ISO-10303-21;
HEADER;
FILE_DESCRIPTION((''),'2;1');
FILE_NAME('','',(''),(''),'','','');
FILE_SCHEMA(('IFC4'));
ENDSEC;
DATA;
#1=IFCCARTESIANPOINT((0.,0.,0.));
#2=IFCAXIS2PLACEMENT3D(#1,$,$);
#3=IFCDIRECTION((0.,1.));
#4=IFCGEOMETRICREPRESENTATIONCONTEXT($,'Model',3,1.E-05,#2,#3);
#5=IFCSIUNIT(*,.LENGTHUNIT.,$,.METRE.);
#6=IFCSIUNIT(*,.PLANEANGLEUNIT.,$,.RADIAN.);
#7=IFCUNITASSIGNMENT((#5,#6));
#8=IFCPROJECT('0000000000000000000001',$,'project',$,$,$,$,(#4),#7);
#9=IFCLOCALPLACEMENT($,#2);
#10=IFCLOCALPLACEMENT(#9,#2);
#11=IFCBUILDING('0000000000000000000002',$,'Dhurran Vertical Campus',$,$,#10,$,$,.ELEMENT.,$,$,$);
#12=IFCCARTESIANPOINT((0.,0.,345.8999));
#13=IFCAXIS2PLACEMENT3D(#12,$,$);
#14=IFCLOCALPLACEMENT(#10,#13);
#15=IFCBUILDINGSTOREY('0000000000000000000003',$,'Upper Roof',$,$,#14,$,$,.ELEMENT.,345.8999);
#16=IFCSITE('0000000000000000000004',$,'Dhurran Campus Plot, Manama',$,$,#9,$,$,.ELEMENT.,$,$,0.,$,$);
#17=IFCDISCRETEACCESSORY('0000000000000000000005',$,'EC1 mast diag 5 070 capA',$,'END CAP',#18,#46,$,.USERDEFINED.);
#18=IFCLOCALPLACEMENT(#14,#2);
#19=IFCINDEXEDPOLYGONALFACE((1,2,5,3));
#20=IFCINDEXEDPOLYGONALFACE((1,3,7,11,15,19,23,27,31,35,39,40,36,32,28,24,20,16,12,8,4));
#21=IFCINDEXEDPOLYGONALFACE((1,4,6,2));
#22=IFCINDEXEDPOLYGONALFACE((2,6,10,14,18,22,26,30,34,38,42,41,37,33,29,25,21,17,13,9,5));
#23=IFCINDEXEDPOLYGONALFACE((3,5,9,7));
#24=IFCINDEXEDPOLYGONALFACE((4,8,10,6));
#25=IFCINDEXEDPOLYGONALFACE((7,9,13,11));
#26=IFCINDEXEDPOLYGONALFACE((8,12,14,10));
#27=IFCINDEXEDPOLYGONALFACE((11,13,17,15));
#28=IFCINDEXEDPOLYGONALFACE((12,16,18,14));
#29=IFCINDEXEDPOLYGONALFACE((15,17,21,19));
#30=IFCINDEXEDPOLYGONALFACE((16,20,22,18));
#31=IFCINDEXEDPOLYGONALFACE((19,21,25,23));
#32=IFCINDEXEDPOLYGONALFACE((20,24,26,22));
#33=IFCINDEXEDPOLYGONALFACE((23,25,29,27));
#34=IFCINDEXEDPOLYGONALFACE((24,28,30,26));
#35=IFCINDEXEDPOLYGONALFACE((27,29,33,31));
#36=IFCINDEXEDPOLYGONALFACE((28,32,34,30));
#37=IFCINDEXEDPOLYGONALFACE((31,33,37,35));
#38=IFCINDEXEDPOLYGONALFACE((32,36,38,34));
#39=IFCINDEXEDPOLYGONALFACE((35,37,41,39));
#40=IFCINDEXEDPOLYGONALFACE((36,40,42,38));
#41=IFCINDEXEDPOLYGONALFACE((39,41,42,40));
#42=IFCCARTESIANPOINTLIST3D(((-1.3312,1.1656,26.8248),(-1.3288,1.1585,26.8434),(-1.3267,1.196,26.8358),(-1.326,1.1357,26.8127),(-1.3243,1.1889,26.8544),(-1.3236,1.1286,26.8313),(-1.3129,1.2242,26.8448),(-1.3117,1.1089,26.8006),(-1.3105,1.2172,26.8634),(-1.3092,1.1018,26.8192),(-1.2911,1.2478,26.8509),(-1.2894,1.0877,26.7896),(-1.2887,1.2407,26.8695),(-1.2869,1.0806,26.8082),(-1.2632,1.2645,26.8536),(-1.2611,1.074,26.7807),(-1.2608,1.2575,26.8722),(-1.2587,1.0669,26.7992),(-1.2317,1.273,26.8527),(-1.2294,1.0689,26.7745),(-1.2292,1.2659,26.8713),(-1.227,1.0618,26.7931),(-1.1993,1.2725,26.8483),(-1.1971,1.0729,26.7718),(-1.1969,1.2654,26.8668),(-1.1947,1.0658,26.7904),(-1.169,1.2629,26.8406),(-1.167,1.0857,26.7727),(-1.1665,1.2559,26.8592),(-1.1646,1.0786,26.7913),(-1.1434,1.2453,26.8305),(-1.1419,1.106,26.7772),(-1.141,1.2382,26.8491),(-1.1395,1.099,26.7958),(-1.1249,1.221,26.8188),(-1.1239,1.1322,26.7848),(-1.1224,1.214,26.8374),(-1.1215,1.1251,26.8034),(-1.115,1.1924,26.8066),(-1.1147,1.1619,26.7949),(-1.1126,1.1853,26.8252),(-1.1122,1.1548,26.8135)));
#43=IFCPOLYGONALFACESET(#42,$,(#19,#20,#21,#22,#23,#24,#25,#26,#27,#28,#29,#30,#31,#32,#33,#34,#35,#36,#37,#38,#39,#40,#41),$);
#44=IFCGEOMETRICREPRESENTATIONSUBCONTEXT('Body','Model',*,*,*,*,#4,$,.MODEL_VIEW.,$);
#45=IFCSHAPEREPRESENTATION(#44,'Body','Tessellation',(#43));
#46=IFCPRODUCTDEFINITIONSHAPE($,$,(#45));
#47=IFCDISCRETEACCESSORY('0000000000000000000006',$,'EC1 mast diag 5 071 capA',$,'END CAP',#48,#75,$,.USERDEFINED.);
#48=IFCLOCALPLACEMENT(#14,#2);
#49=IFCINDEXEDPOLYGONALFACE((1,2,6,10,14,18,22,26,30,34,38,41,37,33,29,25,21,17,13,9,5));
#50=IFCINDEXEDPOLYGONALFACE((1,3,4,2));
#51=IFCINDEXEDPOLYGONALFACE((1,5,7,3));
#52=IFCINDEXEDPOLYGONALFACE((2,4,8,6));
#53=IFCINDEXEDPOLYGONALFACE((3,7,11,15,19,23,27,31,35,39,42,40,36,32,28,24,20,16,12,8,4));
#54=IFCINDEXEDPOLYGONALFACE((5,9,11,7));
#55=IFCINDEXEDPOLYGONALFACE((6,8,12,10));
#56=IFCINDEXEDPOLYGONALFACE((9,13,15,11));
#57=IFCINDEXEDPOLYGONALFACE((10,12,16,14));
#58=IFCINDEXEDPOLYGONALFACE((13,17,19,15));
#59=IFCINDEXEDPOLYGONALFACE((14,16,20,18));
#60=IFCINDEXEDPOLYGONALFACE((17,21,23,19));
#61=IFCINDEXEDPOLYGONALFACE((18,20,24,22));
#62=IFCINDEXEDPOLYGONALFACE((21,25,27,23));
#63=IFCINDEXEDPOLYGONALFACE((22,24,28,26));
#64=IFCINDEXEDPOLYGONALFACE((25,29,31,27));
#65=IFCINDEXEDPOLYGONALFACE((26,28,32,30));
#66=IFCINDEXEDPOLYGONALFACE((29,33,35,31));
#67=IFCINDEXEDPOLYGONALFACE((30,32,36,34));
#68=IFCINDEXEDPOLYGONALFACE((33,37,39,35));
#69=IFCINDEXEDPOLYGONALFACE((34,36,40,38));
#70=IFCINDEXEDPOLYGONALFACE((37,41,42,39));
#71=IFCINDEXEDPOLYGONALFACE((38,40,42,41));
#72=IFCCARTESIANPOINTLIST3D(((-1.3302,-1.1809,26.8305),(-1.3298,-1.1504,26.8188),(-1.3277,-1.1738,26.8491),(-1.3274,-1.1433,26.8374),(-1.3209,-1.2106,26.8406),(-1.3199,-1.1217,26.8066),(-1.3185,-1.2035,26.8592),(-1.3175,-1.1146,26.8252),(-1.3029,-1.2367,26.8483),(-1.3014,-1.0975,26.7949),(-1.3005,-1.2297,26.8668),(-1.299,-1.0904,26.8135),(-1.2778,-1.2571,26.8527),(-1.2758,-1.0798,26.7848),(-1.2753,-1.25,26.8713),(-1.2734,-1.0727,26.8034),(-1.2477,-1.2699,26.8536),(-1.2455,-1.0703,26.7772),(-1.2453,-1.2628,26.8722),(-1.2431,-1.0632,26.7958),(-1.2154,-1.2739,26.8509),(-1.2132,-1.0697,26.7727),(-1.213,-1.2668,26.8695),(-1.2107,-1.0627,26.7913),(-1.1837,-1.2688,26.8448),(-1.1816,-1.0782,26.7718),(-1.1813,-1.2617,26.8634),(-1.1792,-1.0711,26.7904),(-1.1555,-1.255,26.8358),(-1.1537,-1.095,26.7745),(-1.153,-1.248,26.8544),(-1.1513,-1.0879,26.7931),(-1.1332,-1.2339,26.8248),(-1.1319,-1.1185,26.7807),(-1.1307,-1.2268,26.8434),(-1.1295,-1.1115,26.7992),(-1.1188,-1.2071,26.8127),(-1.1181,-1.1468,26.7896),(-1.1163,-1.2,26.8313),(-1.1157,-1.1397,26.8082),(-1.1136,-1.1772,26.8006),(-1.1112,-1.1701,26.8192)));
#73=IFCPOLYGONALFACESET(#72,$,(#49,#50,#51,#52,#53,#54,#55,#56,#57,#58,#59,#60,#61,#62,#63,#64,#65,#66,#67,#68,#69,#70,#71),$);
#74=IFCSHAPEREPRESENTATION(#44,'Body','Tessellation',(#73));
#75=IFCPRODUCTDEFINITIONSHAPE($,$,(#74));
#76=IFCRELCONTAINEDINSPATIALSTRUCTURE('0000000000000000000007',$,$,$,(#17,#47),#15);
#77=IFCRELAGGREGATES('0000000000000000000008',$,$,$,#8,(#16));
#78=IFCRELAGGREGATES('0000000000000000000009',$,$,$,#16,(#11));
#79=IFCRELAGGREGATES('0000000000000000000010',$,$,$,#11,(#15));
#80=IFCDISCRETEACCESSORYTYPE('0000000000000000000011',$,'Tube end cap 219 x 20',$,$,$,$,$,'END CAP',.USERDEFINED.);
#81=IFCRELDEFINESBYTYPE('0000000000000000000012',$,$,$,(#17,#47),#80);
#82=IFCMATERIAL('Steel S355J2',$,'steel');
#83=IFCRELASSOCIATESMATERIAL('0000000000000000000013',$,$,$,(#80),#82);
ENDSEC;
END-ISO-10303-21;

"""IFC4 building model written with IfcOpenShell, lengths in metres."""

from ifc_helpers import new_model, si_unit, direction, frame, origin, origin_2d, place, context, subcontext, project, spatial, circle, extrude, material, material_profile, profile_set, type_object, element, save


model = new_model("IFC4")

# Units and contexts
model_context = context("Model", 3, precision=1e-05, world=origin(), true_north=direction((0.0, 1.0)))
body_context = subcontext(model_context, "Body", "Model", "MODEL_VIEW")
ifc_project = project(units=[si_unit("LENGTHUNIT", "METRE"), si_unit("PLANEANGLEUNIT", "RADIAN")], contexts=[model_context])

# Site, building, storey
site_placement = place(None, origin())
site = spatial("IfcSite", under=ifc_project, at=site_placement, Name="Dhurran Campus Plot, Manama", CompositionType="ELEMENT", RefElevation=0.0)
building_placement = place(site_placement, origin())
building = spatial("IfcBuilding", under=site, at=building_placement, Name="Dhurran Vertical Campus", CompositionType="ELEMENT")
storey_placement = place(building_placement, frame((0.0, 0.0, 345.8999)))
storey = spatial("IfcBuildingStorey", under=building, at=storey_placement, Name="Upper Roof", CompositionType="ELEMENT", Elevation=345.8999)

# Discrete accessories
ifc_material_1 = material(Name="Steel S355J2", Category="steel")
ifc_material_profile_1 = material_profile(ifc_material_1, circle(Radius=0.1096, at=origin_2d()), Name="Tube end cap 219 x 20")
ifc_profile_set_1 = profile_set([ifc_material_profile_1], Name="Steel S355J2")
discrete_accessory_type = type_object("IfcDiscreteAccessoryType", Name="Tube end cap 219 x 20", ElementType="END CAP", PredefinedType="USERDEFINED", material=ifc_profile_set_1)
for number, where, z_axis, x_axis, name in (
    (1, (-1.22, 1.1643, 26.8313), (-0.122015, 0.353843, -0.927312), (-0.945373, -0.325991, 0.0), "EC1 mast diag 5 070 capA"),
    (2, (-1.22, -1.1643, 26.8313), (-0.122015, -0.353843, -0.927312), (0.945373, -0.325991, 0.0), "EC1 mast diag 5 071 capA"),
):
    element("IfcDiscreteAccessory", number, at=place(storey_placement, frame(where, z_axis=z_axis, x_axis=x_axis)), inside=storey, type_object=discrete_accessory_type, Name=name, ObjectType="END CAP", PredefinedType="USERDEFINED", context=body_context, shape_type="SweptSolid", body=[
        extrude(circle(Radius=0.1096, at=origin_2d()), origin(), (0.0, 0.0, 1.0), 0.02),
    ])

save(model, "model.ifc")
